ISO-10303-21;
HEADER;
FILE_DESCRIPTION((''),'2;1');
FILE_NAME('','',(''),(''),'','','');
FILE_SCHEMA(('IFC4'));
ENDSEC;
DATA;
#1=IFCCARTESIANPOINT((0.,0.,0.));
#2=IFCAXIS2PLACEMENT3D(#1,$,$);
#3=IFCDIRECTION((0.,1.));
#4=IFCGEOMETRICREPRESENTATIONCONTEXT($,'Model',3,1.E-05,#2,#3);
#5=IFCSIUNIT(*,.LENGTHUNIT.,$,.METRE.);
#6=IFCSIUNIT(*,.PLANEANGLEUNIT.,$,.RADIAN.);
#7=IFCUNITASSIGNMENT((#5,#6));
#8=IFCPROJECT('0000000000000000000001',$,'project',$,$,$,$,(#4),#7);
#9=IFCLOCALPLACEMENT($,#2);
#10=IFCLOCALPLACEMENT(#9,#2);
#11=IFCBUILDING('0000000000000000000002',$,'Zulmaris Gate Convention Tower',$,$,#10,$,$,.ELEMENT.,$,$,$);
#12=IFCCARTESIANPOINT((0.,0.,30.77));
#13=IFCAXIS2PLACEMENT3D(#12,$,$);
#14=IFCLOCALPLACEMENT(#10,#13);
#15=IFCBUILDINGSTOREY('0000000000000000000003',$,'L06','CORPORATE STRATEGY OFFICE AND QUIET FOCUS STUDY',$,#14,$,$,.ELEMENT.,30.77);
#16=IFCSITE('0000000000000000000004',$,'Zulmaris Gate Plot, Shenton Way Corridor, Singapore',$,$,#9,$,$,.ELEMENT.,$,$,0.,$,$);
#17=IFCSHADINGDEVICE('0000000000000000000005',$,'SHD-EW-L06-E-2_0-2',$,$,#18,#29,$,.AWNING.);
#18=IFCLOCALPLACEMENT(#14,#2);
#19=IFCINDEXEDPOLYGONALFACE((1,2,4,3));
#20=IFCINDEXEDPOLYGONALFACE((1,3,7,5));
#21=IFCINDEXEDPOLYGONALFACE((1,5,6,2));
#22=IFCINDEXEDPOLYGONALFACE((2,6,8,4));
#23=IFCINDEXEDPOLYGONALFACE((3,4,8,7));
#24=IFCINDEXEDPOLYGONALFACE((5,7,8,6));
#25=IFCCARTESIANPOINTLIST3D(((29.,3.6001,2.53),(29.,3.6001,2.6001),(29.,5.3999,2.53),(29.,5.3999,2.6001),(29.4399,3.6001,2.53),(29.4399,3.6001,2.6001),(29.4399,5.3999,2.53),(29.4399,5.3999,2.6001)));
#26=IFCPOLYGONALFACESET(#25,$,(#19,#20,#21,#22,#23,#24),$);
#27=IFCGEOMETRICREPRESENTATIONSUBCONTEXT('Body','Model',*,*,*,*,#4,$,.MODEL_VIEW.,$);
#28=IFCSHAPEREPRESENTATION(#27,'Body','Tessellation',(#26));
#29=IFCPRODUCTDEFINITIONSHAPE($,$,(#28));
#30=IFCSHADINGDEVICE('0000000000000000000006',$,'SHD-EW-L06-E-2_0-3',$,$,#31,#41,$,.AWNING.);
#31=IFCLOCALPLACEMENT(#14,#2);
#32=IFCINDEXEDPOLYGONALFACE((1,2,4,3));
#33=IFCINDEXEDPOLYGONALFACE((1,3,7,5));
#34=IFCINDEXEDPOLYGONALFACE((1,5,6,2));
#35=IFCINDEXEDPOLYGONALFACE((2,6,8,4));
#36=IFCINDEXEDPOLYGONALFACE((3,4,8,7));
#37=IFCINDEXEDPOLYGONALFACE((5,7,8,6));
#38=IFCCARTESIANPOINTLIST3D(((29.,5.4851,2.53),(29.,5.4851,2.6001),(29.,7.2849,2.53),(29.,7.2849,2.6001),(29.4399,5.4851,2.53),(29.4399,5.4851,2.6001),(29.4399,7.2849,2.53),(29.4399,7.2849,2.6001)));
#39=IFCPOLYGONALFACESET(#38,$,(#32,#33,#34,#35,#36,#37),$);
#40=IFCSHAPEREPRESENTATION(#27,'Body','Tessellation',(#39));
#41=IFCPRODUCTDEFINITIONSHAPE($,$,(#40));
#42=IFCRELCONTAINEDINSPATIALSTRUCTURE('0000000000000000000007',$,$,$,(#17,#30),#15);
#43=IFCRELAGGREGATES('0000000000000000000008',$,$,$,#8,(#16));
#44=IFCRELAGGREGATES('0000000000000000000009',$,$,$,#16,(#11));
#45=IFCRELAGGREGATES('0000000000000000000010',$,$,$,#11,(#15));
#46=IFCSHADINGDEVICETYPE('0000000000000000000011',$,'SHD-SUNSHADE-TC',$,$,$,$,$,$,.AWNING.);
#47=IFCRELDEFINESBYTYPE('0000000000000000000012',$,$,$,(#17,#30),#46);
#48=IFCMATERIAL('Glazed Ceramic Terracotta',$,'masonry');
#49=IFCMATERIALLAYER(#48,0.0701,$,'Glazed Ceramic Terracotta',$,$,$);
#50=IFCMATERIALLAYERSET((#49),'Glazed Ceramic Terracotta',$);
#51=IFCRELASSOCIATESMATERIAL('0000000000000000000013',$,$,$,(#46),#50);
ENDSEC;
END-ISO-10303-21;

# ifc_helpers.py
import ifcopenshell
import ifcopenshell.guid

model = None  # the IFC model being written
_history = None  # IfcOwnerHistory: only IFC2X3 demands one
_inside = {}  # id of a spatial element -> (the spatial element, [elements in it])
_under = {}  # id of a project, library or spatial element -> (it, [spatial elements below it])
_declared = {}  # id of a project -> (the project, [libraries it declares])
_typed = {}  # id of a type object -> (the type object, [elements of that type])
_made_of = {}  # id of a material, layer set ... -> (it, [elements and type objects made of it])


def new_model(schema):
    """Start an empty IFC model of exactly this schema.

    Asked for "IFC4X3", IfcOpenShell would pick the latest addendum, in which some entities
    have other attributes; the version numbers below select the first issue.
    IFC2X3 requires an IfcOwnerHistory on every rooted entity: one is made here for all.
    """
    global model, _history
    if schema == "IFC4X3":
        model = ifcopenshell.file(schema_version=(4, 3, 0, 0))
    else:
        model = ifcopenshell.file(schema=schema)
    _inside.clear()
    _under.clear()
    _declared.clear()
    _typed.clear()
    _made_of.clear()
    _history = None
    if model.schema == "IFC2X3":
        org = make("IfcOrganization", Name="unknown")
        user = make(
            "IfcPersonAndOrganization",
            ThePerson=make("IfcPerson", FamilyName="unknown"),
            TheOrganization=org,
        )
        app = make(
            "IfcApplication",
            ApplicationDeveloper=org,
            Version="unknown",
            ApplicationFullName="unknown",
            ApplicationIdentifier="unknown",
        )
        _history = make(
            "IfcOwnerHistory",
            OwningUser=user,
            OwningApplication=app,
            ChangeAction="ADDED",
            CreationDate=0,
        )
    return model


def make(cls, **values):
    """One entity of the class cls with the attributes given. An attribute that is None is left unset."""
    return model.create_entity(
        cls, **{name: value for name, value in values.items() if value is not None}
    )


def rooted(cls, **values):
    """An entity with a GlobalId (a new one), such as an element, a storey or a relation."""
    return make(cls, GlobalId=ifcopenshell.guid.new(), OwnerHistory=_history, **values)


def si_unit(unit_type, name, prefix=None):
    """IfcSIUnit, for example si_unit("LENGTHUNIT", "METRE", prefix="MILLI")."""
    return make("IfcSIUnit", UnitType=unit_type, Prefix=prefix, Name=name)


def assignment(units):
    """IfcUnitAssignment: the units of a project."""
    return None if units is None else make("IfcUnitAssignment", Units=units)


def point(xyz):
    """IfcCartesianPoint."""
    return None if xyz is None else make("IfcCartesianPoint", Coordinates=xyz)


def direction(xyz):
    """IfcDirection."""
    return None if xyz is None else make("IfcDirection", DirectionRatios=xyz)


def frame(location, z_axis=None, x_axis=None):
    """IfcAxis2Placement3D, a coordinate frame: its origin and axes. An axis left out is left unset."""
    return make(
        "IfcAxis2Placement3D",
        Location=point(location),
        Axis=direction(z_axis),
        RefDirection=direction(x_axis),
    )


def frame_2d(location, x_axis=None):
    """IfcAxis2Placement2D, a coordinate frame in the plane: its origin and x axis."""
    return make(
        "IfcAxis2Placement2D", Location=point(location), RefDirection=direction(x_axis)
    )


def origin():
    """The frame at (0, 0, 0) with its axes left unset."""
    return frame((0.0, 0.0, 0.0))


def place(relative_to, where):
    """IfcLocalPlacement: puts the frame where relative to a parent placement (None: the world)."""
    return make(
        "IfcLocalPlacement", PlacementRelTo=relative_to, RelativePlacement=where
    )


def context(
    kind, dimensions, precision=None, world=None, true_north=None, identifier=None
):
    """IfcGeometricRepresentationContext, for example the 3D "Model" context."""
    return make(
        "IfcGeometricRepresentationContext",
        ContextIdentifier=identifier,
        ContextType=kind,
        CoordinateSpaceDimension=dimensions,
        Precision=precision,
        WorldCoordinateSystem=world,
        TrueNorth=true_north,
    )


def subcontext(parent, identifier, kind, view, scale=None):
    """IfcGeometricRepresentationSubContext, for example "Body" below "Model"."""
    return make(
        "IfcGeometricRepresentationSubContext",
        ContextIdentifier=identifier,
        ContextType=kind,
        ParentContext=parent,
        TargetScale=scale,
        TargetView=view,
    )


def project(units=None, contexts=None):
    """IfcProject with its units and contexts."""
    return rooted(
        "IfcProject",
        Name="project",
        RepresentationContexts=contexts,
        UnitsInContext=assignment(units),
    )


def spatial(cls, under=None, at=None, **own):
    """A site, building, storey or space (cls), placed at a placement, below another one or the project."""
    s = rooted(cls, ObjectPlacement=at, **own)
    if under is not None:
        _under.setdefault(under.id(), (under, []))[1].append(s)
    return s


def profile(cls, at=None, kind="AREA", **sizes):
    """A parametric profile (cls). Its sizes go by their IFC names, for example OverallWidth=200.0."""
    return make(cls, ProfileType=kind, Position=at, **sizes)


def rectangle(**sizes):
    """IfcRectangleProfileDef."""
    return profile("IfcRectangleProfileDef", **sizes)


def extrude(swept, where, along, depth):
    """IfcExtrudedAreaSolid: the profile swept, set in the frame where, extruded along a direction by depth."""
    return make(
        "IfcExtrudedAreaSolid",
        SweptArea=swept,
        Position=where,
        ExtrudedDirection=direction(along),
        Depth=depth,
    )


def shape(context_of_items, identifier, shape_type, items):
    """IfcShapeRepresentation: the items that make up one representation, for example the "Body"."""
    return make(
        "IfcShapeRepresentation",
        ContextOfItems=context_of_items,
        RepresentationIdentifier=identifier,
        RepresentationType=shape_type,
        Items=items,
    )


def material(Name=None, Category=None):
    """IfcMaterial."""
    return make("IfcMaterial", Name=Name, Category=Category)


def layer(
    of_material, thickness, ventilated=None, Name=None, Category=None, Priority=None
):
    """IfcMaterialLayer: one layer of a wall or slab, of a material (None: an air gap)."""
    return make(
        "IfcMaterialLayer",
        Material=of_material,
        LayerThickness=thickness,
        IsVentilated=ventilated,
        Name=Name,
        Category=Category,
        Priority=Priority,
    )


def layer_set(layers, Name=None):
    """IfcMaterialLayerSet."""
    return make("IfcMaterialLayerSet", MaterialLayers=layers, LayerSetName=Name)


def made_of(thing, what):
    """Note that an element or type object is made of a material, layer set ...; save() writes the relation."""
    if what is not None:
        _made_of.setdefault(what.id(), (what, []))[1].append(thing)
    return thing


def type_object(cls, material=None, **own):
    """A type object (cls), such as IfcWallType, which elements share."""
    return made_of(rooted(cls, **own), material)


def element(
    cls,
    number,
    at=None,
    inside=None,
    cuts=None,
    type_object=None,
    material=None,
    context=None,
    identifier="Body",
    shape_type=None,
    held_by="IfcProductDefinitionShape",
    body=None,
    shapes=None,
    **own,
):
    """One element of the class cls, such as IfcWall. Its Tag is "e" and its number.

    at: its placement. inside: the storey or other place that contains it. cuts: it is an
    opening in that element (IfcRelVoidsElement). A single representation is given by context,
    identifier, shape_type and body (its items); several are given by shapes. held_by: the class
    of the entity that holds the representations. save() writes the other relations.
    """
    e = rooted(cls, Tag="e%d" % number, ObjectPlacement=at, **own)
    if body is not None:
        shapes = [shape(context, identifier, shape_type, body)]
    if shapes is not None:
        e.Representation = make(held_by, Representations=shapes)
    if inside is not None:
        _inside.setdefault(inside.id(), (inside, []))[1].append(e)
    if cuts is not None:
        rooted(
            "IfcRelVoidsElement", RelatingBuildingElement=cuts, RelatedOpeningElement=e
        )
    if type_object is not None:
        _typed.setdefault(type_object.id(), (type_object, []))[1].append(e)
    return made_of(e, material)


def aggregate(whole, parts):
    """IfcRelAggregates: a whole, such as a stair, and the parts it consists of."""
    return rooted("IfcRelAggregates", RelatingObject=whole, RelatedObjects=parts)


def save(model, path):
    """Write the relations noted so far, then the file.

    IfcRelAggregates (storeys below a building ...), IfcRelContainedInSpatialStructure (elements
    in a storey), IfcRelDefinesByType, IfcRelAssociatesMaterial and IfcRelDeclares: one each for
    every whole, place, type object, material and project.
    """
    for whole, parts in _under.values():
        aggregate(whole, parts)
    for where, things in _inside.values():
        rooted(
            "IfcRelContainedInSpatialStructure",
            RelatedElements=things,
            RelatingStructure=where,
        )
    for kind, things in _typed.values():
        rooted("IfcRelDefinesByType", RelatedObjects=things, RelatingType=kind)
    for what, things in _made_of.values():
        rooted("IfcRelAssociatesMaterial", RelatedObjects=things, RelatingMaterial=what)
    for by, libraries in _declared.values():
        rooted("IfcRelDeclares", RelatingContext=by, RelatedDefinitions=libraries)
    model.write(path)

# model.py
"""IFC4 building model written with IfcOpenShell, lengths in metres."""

from ifc_helpers import new_model, si_unit, direction, frame, frame_2d, origin, place, context, subcontext, project, spatial, rectangle, extrude, material, layer, layer_set, type_object, element, save


model = new_model("IFC4")

# Units and contexts
model_context = context("Model", 3, precision=1e-05, world=origin(), true_north=direction((0.0, 1.0)))
body_context = subcontext(model_context, "Body", "Model", "MODEL_VIEW")
ifc_project = project(units=[si_unit("LENGTHUNIT", "METRE"), si_unit("PLANEANGLEUNIT", "RADIAN")], contexts=[model_context])

# Site, building, storey
site_placement = place(None, origin())
site = spatial("IfcSite", under=ifc_project, at=site_placement, Name="Zulmaris Gate Plot, Shenton Way Corridor, Singapore", CompositionType="ELEMENT", RefElevation=0.0)
building_placement = place(site_placement, origin())
building = spatial("IfcBuilding", under=site, at=building_placement, Name="Zulmaris Gate Convention Tower", CompositionType="ELEMENT")
storey_placement = place(building_placement, frame((0.0, 0.0, 30.77)))
storey = spatial("IfcBuildingStorey", under=building, at=storey_placement, Name="L06", Description="CORPORATE STRATEGY OFFICE AND QUIET FOCUS STUDY", CompositionType="ELEMENT", Elevation=30.77)

# Shading devices
ifc_material_1 = material(Name="Glazed Ceramic Terracotta", Category="masonry")
ifc_layer_1 = layer(ifc_material_1, 0.0701, Name="Glazed Ceramic Terracotta")
ifc_layer_set_1 = layer_set([ifc_layer_1], Name="Glazed Ceramic Terracotta")
shading_device_type = type_object("IfcShadingDeviceType", Name="SHD-SUNSHADE-TC", PredefinedType="AWNING", material=ifc_layer_set_1)
for number, where, z_axis, x_axis, name in (
    (1, (29.22, 3.6001, 2.53), (0.0, 0.0, 1.0), (0.0, 1.0, 0.0), "SHD-EW-L06-E-2_0-2"),
    (2, (29.22, 5.4851, 2.53), (0.0, 0.0, 1.0), (0.0, 1.0, 0.0), "SHD-EW-L06-E-2_0-3"),
):
    element("IfcShadingDevice", number, at=place(storey_placement, frame(where, z_axis=z_axis, x_axis=x_axis)), inside=storey, type_object=shading_device_type, Name=name, PredefinedType="AWNING", context=body_context, shape_type="SweptSolid", body=[
        extrude(rectangle(XDim=1.7998, YDim=0.4399, at=frame_2d((0.8999, 0.0))), origin(), (0.0, 0.0, 1.0), 0.0701),
    ])

save(model, "model.ifc")
